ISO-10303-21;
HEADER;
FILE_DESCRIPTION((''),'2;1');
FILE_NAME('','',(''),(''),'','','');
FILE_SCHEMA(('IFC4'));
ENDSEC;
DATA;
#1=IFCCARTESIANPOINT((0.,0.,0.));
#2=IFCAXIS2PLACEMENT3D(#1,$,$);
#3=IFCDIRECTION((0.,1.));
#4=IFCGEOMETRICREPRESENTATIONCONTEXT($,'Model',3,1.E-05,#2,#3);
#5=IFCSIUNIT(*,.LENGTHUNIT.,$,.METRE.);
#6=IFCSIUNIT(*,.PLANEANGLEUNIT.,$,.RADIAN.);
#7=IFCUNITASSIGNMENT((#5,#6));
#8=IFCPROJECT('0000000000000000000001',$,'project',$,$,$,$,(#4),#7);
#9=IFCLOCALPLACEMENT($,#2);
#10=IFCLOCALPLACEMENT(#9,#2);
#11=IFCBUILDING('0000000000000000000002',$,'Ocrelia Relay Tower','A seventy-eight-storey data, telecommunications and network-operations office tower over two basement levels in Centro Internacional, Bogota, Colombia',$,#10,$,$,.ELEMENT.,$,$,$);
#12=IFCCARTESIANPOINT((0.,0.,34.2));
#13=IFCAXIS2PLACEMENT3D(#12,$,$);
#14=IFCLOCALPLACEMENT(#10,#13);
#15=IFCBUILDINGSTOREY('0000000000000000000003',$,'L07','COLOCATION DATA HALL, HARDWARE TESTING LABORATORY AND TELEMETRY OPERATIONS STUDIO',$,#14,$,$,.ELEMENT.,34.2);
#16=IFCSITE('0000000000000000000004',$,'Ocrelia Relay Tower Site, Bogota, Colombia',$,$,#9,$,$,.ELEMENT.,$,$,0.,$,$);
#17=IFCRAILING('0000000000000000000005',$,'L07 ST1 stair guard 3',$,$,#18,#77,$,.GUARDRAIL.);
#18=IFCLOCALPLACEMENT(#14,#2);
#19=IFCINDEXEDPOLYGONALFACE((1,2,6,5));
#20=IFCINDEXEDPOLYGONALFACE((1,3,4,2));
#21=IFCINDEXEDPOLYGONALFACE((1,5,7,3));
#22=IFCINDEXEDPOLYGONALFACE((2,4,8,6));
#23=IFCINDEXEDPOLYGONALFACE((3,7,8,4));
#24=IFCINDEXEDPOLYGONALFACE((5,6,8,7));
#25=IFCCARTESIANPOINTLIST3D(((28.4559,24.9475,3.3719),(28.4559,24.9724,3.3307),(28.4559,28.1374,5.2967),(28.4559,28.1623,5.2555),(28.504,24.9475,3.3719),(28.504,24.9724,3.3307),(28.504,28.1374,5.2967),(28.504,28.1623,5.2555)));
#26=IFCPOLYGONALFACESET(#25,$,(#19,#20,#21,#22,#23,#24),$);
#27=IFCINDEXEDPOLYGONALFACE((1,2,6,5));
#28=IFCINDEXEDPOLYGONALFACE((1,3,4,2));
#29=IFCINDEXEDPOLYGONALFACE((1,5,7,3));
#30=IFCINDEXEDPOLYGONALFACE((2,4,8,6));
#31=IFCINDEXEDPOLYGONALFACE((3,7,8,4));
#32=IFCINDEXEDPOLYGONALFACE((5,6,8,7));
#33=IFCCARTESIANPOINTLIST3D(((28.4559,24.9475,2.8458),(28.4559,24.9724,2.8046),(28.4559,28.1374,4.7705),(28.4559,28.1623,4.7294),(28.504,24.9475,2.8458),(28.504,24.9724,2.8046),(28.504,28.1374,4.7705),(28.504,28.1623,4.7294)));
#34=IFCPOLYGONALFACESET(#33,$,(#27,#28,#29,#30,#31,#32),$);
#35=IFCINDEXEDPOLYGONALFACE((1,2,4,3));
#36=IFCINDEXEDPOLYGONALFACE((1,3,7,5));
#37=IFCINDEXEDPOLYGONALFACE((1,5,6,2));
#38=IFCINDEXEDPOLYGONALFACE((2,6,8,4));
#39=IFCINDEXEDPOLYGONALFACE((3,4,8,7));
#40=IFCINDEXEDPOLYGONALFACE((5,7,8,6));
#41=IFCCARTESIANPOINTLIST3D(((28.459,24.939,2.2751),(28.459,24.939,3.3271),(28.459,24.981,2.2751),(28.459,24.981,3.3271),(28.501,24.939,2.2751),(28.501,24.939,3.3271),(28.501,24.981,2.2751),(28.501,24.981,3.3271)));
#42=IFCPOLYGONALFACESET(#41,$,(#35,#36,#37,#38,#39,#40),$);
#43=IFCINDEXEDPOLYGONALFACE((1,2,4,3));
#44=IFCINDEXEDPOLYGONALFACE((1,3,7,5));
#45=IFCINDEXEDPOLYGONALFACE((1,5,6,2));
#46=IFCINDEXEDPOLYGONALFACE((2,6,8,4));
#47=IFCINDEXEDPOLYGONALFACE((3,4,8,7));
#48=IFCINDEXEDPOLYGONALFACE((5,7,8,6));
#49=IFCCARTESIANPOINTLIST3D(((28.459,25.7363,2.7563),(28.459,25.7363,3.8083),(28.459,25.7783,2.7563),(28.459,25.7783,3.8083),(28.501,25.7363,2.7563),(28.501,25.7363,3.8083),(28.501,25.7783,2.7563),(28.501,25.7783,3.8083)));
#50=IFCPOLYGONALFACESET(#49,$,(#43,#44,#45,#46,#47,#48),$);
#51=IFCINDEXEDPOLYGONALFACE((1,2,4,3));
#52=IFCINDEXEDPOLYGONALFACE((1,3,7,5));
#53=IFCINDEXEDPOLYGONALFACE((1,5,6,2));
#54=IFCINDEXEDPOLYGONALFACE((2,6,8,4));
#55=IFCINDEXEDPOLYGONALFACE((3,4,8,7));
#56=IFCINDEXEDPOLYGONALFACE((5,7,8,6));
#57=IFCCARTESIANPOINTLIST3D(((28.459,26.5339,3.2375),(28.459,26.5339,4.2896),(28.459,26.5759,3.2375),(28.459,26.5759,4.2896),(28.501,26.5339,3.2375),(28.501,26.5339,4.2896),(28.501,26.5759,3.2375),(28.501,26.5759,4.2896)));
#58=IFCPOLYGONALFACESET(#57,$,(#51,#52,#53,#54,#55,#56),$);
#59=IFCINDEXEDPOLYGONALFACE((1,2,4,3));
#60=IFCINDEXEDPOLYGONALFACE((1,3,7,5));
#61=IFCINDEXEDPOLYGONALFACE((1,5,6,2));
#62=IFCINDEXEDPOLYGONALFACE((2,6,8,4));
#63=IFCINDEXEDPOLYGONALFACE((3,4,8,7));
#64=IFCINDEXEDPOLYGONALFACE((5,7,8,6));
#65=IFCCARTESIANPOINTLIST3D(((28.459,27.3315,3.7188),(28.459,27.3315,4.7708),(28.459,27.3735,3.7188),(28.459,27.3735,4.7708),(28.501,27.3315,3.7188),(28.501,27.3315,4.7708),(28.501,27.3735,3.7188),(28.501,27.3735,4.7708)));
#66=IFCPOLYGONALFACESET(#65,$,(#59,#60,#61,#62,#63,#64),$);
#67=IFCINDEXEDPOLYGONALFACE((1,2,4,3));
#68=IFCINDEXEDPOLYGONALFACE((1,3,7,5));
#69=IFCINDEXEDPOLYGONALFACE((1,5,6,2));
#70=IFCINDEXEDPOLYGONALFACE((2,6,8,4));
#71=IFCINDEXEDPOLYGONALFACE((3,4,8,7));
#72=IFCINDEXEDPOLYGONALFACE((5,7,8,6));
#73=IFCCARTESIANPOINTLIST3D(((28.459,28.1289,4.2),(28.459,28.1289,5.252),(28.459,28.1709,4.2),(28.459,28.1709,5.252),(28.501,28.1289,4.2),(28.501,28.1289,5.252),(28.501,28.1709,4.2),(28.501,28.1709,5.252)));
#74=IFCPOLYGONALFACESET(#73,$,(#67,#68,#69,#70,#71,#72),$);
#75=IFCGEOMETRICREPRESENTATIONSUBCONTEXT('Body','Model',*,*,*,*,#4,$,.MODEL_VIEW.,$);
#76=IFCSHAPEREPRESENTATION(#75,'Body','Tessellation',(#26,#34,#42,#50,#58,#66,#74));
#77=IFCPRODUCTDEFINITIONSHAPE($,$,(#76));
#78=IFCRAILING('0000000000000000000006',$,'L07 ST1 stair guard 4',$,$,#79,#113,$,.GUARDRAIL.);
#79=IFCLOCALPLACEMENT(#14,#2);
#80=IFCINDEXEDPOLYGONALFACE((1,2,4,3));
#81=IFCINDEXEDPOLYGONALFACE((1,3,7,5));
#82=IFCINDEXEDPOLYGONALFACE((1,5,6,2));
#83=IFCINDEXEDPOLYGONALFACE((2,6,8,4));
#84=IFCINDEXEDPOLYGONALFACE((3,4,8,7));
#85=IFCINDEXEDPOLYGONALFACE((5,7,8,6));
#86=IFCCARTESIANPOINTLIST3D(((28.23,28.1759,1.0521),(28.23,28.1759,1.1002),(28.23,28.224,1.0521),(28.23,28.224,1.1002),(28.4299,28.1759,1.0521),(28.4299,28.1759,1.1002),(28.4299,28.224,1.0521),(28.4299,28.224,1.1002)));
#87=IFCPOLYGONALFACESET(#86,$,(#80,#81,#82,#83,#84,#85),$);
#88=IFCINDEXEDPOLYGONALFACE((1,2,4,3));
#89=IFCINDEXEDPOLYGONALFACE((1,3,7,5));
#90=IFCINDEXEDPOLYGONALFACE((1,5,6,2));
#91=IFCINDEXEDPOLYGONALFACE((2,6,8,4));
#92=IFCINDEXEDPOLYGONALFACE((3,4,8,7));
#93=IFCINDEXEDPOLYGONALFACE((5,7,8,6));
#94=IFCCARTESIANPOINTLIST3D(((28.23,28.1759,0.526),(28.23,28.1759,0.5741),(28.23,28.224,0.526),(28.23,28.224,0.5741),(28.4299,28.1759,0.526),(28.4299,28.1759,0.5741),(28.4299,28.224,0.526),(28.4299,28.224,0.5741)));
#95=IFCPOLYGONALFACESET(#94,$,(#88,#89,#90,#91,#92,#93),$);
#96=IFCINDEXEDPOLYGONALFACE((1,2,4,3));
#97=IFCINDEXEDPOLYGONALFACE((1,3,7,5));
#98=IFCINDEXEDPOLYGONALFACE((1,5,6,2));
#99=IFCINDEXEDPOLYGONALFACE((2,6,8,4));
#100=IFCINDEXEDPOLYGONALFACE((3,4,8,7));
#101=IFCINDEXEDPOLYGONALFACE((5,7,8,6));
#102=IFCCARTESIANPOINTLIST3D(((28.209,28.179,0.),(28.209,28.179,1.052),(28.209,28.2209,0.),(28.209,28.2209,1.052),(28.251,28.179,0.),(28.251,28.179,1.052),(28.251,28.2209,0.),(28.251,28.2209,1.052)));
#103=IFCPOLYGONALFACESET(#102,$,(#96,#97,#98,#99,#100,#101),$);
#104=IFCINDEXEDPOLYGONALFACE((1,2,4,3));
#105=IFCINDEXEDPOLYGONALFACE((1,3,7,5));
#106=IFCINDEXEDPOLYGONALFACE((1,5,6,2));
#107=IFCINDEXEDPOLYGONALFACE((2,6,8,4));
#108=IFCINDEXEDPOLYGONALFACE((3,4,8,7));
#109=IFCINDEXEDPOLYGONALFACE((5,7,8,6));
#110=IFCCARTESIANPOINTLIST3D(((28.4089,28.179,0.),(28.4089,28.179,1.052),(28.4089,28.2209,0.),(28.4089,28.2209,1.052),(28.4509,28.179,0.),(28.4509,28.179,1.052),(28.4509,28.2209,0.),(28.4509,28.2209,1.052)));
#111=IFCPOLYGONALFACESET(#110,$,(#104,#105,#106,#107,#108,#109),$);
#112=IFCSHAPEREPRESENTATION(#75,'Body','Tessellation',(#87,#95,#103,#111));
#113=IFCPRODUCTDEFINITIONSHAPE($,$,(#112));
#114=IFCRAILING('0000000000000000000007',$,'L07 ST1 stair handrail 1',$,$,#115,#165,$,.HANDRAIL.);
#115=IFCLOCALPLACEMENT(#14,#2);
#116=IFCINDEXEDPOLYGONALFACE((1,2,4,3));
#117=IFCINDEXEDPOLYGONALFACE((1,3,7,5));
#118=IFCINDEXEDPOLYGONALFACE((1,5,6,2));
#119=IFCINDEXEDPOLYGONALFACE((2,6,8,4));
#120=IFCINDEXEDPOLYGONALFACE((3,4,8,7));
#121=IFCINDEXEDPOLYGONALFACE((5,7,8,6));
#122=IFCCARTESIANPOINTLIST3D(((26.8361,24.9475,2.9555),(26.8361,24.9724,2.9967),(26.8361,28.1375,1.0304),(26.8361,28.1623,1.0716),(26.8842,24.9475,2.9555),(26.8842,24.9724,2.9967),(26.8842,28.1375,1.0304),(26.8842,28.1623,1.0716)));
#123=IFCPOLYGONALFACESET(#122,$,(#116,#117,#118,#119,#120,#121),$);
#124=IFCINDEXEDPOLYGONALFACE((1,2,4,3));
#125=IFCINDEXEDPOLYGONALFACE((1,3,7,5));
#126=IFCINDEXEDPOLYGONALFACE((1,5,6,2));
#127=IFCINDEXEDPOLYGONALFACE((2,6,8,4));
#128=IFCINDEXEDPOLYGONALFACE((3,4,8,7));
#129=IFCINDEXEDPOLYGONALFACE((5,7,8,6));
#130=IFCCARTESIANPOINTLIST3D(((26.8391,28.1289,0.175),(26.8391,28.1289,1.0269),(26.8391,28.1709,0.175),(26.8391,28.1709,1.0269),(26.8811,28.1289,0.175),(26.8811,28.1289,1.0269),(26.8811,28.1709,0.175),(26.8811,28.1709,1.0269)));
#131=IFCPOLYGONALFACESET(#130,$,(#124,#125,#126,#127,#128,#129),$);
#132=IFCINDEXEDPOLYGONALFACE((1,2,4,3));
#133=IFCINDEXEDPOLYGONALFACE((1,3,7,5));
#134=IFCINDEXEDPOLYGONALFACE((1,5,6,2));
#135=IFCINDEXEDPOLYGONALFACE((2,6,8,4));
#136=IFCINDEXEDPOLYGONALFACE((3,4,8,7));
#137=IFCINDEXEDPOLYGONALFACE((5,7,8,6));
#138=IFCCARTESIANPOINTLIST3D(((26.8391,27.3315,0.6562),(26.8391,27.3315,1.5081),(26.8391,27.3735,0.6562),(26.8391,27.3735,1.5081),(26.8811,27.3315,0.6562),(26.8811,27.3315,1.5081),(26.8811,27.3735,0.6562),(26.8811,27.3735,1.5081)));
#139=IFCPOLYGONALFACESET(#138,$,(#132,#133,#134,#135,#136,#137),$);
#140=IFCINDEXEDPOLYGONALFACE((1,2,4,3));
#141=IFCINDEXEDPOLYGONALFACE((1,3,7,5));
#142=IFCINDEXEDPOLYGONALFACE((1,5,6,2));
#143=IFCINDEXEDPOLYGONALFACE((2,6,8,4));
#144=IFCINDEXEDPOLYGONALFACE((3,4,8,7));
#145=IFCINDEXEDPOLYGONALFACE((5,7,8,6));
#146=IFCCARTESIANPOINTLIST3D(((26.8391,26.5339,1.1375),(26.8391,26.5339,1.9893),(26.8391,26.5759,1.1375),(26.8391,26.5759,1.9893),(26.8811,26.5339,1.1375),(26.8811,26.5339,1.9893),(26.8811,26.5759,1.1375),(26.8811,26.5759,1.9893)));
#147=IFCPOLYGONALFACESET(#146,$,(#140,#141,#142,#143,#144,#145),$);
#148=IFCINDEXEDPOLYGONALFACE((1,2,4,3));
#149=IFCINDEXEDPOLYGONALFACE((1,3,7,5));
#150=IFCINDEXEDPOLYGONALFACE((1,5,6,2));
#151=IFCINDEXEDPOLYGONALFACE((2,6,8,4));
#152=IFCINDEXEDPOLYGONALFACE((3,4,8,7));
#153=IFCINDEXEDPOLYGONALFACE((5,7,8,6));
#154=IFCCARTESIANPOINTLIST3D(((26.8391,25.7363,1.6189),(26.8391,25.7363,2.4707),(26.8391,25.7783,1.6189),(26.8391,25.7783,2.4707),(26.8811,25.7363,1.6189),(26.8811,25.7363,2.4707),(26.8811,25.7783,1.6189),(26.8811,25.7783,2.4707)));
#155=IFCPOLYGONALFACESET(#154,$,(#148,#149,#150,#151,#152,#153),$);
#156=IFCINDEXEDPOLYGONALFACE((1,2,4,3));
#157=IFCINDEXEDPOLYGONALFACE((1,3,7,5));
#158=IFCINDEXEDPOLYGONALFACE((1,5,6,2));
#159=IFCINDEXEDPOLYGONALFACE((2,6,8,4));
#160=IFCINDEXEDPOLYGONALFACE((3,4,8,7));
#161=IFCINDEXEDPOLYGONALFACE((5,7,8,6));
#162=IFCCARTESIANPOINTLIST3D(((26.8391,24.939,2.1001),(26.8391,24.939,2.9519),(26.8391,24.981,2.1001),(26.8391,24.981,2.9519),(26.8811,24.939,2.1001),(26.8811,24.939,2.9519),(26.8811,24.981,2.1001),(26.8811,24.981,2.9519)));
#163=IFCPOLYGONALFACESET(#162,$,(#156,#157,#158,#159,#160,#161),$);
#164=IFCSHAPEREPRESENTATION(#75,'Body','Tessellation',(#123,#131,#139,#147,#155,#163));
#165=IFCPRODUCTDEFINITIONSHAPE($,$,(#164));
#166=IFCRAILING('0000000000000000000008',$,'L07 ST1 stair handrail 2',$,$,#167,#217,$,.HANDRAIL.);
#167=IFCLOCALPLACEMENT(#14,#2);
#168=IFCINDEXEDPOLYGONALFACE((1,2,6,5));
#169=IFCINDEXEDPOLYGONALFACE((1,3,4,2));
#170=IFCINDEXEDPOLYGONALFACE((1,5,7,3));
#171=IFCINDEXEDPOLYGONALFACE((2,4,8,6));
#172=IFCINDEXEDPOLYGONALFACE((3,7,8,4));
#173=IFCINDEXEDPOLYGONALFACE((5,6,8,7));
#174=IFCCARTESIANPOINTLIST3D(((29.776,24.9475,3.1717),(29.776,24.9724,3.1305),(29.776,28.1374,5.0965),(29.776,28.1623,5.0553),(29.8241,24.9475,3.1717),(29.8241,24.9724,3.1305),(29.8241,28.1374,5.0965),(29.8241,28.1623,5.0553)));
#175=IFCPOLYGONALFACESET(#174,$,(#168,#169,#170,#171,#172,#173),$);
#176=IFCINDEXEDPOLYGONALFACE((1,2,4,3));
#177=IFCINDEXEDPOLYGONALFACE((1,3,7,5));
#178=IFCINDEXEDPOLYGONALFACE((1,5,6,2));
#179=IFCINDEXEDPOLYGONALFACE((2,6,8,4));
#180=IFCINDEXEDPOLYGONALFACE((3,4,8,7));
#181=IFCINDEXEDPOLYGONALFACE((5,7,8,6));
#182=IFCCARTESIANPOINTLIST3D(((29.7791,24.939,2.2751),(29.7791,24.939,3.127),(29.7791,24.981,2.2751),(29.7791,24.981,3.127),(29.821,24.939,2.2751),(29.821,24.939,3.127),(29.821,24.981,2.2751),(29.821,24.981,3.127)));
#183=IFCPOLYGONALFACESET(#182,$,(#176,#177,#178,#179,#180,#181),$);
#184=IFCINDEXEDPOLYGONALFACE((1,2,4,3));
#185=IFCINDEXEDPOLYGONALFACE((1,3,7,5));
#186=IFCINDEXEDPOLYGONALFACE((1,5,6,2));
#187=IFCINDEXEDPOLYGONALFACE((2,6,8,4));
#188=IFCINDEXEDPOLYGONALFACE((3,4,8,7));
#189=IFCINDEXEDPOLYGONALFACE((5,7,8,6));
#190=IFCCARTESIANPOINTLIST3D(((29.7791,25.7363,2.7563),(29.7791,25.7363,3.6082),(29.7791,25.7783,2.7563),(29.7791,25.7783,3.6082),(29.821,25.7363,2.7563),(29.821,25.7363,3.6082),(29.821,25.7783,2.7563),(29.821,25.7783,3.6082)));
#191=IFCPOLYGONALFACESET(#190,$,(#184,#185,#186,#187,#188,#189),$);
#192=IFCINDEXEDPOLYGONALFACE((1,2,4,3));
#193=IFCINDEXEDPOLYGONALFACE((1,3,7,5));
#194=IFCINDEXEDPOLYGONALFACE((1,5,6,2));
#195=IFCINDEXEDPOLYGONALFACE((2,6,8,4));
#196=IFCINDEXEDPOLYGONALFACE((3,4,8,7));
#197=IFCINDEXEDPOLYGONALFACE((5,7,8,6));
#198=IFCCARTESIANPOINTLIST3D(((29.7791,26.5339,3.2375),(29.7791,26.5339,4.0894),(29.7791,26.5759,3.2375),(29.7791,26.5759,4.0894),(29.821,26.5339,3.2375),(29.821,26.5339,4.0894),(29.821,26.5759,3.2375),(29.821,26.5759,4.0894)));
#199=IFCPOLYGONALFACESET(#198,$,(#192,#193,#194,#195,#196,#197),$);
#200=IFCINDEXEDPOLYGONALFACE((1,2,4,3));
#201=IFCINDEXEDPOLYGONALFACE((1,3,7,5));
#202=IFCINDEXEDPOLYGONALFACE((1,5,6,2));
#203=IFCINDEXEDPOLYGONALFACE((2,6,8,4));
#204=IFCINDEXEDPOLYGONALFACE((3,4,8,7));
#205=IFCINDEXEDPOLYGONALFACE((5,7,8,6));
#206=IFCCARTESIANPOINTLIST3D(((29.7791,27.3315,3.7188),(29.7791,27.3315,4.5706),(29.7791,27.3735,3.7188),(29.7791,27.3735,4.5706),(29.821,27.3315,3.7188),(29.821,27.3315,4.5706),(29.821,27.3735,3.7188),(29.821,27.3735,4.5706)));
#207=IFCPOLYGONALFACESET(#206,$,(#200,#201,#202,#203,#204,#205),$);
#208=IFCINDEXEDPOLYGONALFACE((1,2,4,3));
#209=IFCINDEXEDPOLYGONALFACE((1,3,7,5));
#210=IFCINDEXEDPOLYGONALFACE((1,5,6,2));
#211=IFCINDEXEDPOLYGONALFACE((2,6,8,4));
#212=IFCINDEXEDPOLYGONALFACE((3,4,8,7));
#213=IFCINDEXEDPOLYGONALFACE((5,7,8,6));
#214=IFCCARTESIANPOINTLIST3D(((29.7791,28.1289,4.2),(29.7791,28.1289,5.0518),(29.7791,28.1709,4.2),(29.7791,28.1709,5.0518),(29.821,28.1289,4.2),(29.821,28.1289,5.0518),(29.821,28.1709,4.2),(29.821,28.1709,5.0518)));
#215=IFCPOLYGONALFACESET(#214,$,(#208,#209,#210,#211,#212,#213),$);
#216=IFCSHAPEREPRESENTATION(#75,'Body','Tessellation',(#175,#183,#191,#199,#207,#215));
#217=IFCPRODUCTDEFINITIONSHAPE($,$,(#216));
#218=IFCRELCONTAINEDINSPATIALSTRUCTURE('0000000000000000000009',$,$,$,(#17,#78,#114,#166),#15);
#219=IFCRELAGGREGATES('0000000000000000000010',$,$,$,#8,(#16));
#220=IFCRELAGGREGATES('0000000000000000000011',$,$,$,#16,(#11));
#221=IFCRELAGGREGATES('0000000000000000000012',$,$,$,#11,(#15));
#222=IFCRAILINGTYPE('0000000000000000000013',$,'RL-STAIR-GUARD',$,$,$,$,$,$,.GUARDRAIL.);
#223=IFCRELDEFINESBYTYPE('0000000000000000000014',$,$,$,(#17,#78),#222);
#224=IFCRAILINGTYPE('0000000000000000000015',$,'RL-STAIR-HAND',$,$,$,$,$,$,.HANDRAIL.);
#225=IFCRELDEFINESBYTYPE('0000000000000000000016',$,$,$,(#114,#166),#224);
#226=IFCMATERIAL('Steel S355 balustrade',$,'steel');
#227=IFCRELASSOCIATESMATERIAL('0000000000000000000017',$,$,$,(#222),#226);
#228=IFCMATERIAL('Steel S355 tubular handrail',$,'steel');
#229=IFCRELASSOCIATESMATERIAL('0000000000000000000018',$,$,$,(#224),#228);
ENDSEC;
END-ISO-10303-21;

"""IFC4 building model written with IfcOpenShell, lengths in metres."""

from ifc_helpers import new_model, si_unit, direction, frame, origin, origin_2d, place, context, subcontext, project, spatial, rectangle, extrude, material, type_object, element, save


model = new_model("IFC4")

# Units and contexts
model_context = context("Model", 3, precision=1e-05, world=origin(), true_north=direction((0.0, 1.0)))
body_context = subcontext(model_context, "Body", "Model", "MODEL_VIEW")
ifc_project = project(units=[si_unit("LENGTHUNIT", "METRE"), si_unit("PLANEANGLEUNIT", "RADIAN")], contexts=[model_context])

# Site, building, storey
site_placement = place(None, origin())
site = spatial("IfcSite", under=ifc_project, at=site_placement, Name="Ocrelia Relay Tower Site, Bogota, Colombia", CompositionType="ELEMENT", RefElevation=0.0)
building_placement = place(site_placement, origin())
building = spatial("IfcBuilding", under=site, at=building_placement, Name="Ocrelia Relay Tower", Description="A seventy-eight-storey data, telecommunications and network-operations office tower over two basement levels in Centro Internacional, Bogota, Colombia", CompositionType="ELEMENT")
storey_placement = place(building_placement, frame((0.0, 0.0, 34.2)))
storey = spatial("IfcBuildingStorey", under=building, at=storey_placement, Name="L07", Description="COLOCATION DATA HALL, HARDWARE TESTING LABORATORY AND TELEMETRY OPERATIONS STUDIO", CompositionType="ELEMENT", Elevation=34.2)

# Railings
ifc_material_1 = material(Name="Steel S355 balustrade", Category="steel")
railing_type_1 = type_object("IfcRailingType", Name="RL-STAIR-GUARD", PredefinedType="GUARDRAIL", material=ifc_material_1)
railing_1_placement = place(storey_placement, frame((28.48, 24.96, 2.2751)))
element("IfcRailing", 1, at=railing_1_placement, inside=storey, type_object=railing_type_1, Name="L07 ST1 stair guard 3", PredefinedType="GUARDRAIL", context=body_context, shape_type="SweptSolid", body=[
    extrude(rectangle(XDim=0.0481, YDim=0.0481, at=origin_2d()), frame((0.0, 0.0, 1.0762), z_axis=(0.0, 0.856207, 0.516633), x_axis=(-1.0, 0.0, 0.0)), (0.0, 0.0, 1.0), 3.7256),
    extrude(rectangle(XDim=0.0481, YDim=0.0481, at=origin_2d()), frame((0.0, 0.0, 0.55), z_axis=(0.0, 0.856207, 0.516633), x_axis=(-1.0, 0.0, 0.0)), (0.0, 0.0, 1.0), 3.7256),
    extrude(rectangle(XDim=0.042, YDim=0.042, at=origin_2d()), origin(), (0.0, 0.0, 1.0), 1.052),
    extrude(rectangle(XDim=0.042, YDim=0.042, at=origin_2d()), frame((0.0, 0.7974, 0.4812)), (0.0, 0.0, 1.0), 1.052),
    extrude(rectangle(XDim=0.042, YDim=0.042, at=origin_2d()), frame((0.0, 1.595, 0.9624)), (0.0, 0.0, 1.0), 1.052),
    extrude(rectangle(XDim=0.042, YDim=0.042, at=origin_2d()), frame((0.0, 2.3926, 1.4436)), (0.0, 0.0, 1.0), 1.052),
    extrude(rectangle(XDim=0.042, YDim=0.042, at=origin_2d()), frame((0.0, 3.1899, 1.9248)), (0.0, 0.0, 1.0), 1.052),
])
railing_2_placement = place(storey_placement, frame((28.23, 28.2, 0.0)))
element("IfcRailing", 2, at=railing_2_placement, inside=storey, type_object=railing_type_1, Name="L07 ST1 stair guard 4", PredefinedType="GUARDRAIL", context=body_context, shape_type="SweptSolid", body=[
    extrude(rectangle(XDim=0.0481, YDim=0.0481, at=origin_2d()), frame((0.0, 0.0, 1.0762), z_axis=(1.0, 0.0, 0.0), x_axis=(0.0, 1.0, 0.0)), (0.0, 0.0, 1.0), 0.2),
    extrude(rectangle(XDim=0.0481, YDim=0.0481, at=origin_2d()), frame((0.0, 0.0, 0.55), z_axis=(1.0, 0.0, 0.0), x_axis=(0.0, 1.0, 0.0)), (0.0, 0.0, 1.0), 0.2),
    extrude(rectangle(XDim=0.042, YDim=0.042, at=origin_2d()), origin(), (0.0, 0.0, 1.0), 1.052),
    extrude(rectangle(XDim=0.042, YDim=0.042, at=origin_2d()), frame((0.2, 0.0, 0.0)), (0.0, 0.0, 1.0), 1.052),
])
ifc_material_2 = material(Name="Steel S355 tubular handrail", Category="steel")
railing_type_2 = type_object("IfcRailingType", Name="RL-STAIR-HAND", PredefinedType="HANDRAIL", material=ifc_material_2)
railing_3_placement = place(storey_placement, frame((26.8601, 28.1499, 0.175)))
element("IfcRailing", 3, at=railing_3_placement, inside=storey, type_object=railing_type_2, Name="L07 ST1 stair handrail 1", PredefinedType="HANDRAIL", context=body_context, shape_type="SweptSolid", body=[
    extrude(rectangle(XDim=0.0481, YDim=0.0481, at=origin_2d()), frame((0.0, 0.0, 0.876), z_axis=(0.0, -0.856178, 0.516682), x_axis=(1.0, 0.0, 0.0)), (0.0, 0.0, 1.0), 3.7258),
    extrude(rectangle(XDim=0.042, YDim=0.042, at=origin_2d()), origin(), (0.0, 0.0, 1.0), 0.8518),
    extrude(rectangle(XDim=0.042, YDim=0.042, at=origin_2d()), frame((0.0, -0.7974, 0.4812)), (0.0, 0.0, 1.0), 0.8518),
    extrude(rectangle(XDim=0.042, YDim=0.042, at=origin_2d()), frame((0.0, -1.595, 0.9624)), (0.0, 0.0, 1.0), 0.8518),
    extrude(rectangle(XDim=0.042, YDim=0.042, at=origin_2d()), frame((0.0, -2.3926, 1.4438)), (0.0, 0.0, 1.0), 0.8518),
    extrude(rectangle(XDim=0.042, YDim=0.042, at=origin_2d()), frame((0.0, -3.1899, 1.925)), (0.0, 0.0, 1.0), 0.8518),
])
railing_4_placement = place(storey_placement, frame((29.8, 24.96, 2.2751)))
element("IfcRailing", 4, at=railing_4_placement, inside=storey, type_object=railing_type_2, Name="L07 ST1 stair handrail 2", PredefinedType="HANDRAIL", context=body_context, shape_type="SweptSolid", body=[
    extrude(rectangle(XDim=0.0481, YDim=0.0481, at=origin_2d()), frame((0.0, 0.0, 0.876), z_axis=(0.0, 0.856207, 0.516633), x_axis=(-1.0, 0.0, 0.0)), (0.0, 0.0, 1.0), 3.7256),
    extrude(rectangle(XDim=0.042, YDim=0.042, at=origin_2d()), origin(), (0.0, 0.0, 1.0), 0.8518),
    extrude(rectangle(XDim=0.042, YDim=0.042, at=origin_2d()), frame((0.0, 0.7974, 0.4812)), (0.0, 0.0, 1.0), 0.8518),
    extrude(rectangle(XDim=0.042, YDim=0.042, at=origin_2d()), frame((0.0, 1.595, 0.9624)), (0.0, 0.0, 1.0), 0.8518),
    extrude(rectangle(XDim=0.042, YDim=0.042, at=origin_2d()), frame((0.0, 2.3926, 1.4436)), (0.0, 0.0, 1.0), 0.8518),
    extrude(rectangle(XDim=0.042, YDim=0.042, at=origin_2d()), frame((0.0, 3.1899, 1.9248)), (0.0, 0.0, 1.0), 0.8518),
])

save(model, "model.ifc")
